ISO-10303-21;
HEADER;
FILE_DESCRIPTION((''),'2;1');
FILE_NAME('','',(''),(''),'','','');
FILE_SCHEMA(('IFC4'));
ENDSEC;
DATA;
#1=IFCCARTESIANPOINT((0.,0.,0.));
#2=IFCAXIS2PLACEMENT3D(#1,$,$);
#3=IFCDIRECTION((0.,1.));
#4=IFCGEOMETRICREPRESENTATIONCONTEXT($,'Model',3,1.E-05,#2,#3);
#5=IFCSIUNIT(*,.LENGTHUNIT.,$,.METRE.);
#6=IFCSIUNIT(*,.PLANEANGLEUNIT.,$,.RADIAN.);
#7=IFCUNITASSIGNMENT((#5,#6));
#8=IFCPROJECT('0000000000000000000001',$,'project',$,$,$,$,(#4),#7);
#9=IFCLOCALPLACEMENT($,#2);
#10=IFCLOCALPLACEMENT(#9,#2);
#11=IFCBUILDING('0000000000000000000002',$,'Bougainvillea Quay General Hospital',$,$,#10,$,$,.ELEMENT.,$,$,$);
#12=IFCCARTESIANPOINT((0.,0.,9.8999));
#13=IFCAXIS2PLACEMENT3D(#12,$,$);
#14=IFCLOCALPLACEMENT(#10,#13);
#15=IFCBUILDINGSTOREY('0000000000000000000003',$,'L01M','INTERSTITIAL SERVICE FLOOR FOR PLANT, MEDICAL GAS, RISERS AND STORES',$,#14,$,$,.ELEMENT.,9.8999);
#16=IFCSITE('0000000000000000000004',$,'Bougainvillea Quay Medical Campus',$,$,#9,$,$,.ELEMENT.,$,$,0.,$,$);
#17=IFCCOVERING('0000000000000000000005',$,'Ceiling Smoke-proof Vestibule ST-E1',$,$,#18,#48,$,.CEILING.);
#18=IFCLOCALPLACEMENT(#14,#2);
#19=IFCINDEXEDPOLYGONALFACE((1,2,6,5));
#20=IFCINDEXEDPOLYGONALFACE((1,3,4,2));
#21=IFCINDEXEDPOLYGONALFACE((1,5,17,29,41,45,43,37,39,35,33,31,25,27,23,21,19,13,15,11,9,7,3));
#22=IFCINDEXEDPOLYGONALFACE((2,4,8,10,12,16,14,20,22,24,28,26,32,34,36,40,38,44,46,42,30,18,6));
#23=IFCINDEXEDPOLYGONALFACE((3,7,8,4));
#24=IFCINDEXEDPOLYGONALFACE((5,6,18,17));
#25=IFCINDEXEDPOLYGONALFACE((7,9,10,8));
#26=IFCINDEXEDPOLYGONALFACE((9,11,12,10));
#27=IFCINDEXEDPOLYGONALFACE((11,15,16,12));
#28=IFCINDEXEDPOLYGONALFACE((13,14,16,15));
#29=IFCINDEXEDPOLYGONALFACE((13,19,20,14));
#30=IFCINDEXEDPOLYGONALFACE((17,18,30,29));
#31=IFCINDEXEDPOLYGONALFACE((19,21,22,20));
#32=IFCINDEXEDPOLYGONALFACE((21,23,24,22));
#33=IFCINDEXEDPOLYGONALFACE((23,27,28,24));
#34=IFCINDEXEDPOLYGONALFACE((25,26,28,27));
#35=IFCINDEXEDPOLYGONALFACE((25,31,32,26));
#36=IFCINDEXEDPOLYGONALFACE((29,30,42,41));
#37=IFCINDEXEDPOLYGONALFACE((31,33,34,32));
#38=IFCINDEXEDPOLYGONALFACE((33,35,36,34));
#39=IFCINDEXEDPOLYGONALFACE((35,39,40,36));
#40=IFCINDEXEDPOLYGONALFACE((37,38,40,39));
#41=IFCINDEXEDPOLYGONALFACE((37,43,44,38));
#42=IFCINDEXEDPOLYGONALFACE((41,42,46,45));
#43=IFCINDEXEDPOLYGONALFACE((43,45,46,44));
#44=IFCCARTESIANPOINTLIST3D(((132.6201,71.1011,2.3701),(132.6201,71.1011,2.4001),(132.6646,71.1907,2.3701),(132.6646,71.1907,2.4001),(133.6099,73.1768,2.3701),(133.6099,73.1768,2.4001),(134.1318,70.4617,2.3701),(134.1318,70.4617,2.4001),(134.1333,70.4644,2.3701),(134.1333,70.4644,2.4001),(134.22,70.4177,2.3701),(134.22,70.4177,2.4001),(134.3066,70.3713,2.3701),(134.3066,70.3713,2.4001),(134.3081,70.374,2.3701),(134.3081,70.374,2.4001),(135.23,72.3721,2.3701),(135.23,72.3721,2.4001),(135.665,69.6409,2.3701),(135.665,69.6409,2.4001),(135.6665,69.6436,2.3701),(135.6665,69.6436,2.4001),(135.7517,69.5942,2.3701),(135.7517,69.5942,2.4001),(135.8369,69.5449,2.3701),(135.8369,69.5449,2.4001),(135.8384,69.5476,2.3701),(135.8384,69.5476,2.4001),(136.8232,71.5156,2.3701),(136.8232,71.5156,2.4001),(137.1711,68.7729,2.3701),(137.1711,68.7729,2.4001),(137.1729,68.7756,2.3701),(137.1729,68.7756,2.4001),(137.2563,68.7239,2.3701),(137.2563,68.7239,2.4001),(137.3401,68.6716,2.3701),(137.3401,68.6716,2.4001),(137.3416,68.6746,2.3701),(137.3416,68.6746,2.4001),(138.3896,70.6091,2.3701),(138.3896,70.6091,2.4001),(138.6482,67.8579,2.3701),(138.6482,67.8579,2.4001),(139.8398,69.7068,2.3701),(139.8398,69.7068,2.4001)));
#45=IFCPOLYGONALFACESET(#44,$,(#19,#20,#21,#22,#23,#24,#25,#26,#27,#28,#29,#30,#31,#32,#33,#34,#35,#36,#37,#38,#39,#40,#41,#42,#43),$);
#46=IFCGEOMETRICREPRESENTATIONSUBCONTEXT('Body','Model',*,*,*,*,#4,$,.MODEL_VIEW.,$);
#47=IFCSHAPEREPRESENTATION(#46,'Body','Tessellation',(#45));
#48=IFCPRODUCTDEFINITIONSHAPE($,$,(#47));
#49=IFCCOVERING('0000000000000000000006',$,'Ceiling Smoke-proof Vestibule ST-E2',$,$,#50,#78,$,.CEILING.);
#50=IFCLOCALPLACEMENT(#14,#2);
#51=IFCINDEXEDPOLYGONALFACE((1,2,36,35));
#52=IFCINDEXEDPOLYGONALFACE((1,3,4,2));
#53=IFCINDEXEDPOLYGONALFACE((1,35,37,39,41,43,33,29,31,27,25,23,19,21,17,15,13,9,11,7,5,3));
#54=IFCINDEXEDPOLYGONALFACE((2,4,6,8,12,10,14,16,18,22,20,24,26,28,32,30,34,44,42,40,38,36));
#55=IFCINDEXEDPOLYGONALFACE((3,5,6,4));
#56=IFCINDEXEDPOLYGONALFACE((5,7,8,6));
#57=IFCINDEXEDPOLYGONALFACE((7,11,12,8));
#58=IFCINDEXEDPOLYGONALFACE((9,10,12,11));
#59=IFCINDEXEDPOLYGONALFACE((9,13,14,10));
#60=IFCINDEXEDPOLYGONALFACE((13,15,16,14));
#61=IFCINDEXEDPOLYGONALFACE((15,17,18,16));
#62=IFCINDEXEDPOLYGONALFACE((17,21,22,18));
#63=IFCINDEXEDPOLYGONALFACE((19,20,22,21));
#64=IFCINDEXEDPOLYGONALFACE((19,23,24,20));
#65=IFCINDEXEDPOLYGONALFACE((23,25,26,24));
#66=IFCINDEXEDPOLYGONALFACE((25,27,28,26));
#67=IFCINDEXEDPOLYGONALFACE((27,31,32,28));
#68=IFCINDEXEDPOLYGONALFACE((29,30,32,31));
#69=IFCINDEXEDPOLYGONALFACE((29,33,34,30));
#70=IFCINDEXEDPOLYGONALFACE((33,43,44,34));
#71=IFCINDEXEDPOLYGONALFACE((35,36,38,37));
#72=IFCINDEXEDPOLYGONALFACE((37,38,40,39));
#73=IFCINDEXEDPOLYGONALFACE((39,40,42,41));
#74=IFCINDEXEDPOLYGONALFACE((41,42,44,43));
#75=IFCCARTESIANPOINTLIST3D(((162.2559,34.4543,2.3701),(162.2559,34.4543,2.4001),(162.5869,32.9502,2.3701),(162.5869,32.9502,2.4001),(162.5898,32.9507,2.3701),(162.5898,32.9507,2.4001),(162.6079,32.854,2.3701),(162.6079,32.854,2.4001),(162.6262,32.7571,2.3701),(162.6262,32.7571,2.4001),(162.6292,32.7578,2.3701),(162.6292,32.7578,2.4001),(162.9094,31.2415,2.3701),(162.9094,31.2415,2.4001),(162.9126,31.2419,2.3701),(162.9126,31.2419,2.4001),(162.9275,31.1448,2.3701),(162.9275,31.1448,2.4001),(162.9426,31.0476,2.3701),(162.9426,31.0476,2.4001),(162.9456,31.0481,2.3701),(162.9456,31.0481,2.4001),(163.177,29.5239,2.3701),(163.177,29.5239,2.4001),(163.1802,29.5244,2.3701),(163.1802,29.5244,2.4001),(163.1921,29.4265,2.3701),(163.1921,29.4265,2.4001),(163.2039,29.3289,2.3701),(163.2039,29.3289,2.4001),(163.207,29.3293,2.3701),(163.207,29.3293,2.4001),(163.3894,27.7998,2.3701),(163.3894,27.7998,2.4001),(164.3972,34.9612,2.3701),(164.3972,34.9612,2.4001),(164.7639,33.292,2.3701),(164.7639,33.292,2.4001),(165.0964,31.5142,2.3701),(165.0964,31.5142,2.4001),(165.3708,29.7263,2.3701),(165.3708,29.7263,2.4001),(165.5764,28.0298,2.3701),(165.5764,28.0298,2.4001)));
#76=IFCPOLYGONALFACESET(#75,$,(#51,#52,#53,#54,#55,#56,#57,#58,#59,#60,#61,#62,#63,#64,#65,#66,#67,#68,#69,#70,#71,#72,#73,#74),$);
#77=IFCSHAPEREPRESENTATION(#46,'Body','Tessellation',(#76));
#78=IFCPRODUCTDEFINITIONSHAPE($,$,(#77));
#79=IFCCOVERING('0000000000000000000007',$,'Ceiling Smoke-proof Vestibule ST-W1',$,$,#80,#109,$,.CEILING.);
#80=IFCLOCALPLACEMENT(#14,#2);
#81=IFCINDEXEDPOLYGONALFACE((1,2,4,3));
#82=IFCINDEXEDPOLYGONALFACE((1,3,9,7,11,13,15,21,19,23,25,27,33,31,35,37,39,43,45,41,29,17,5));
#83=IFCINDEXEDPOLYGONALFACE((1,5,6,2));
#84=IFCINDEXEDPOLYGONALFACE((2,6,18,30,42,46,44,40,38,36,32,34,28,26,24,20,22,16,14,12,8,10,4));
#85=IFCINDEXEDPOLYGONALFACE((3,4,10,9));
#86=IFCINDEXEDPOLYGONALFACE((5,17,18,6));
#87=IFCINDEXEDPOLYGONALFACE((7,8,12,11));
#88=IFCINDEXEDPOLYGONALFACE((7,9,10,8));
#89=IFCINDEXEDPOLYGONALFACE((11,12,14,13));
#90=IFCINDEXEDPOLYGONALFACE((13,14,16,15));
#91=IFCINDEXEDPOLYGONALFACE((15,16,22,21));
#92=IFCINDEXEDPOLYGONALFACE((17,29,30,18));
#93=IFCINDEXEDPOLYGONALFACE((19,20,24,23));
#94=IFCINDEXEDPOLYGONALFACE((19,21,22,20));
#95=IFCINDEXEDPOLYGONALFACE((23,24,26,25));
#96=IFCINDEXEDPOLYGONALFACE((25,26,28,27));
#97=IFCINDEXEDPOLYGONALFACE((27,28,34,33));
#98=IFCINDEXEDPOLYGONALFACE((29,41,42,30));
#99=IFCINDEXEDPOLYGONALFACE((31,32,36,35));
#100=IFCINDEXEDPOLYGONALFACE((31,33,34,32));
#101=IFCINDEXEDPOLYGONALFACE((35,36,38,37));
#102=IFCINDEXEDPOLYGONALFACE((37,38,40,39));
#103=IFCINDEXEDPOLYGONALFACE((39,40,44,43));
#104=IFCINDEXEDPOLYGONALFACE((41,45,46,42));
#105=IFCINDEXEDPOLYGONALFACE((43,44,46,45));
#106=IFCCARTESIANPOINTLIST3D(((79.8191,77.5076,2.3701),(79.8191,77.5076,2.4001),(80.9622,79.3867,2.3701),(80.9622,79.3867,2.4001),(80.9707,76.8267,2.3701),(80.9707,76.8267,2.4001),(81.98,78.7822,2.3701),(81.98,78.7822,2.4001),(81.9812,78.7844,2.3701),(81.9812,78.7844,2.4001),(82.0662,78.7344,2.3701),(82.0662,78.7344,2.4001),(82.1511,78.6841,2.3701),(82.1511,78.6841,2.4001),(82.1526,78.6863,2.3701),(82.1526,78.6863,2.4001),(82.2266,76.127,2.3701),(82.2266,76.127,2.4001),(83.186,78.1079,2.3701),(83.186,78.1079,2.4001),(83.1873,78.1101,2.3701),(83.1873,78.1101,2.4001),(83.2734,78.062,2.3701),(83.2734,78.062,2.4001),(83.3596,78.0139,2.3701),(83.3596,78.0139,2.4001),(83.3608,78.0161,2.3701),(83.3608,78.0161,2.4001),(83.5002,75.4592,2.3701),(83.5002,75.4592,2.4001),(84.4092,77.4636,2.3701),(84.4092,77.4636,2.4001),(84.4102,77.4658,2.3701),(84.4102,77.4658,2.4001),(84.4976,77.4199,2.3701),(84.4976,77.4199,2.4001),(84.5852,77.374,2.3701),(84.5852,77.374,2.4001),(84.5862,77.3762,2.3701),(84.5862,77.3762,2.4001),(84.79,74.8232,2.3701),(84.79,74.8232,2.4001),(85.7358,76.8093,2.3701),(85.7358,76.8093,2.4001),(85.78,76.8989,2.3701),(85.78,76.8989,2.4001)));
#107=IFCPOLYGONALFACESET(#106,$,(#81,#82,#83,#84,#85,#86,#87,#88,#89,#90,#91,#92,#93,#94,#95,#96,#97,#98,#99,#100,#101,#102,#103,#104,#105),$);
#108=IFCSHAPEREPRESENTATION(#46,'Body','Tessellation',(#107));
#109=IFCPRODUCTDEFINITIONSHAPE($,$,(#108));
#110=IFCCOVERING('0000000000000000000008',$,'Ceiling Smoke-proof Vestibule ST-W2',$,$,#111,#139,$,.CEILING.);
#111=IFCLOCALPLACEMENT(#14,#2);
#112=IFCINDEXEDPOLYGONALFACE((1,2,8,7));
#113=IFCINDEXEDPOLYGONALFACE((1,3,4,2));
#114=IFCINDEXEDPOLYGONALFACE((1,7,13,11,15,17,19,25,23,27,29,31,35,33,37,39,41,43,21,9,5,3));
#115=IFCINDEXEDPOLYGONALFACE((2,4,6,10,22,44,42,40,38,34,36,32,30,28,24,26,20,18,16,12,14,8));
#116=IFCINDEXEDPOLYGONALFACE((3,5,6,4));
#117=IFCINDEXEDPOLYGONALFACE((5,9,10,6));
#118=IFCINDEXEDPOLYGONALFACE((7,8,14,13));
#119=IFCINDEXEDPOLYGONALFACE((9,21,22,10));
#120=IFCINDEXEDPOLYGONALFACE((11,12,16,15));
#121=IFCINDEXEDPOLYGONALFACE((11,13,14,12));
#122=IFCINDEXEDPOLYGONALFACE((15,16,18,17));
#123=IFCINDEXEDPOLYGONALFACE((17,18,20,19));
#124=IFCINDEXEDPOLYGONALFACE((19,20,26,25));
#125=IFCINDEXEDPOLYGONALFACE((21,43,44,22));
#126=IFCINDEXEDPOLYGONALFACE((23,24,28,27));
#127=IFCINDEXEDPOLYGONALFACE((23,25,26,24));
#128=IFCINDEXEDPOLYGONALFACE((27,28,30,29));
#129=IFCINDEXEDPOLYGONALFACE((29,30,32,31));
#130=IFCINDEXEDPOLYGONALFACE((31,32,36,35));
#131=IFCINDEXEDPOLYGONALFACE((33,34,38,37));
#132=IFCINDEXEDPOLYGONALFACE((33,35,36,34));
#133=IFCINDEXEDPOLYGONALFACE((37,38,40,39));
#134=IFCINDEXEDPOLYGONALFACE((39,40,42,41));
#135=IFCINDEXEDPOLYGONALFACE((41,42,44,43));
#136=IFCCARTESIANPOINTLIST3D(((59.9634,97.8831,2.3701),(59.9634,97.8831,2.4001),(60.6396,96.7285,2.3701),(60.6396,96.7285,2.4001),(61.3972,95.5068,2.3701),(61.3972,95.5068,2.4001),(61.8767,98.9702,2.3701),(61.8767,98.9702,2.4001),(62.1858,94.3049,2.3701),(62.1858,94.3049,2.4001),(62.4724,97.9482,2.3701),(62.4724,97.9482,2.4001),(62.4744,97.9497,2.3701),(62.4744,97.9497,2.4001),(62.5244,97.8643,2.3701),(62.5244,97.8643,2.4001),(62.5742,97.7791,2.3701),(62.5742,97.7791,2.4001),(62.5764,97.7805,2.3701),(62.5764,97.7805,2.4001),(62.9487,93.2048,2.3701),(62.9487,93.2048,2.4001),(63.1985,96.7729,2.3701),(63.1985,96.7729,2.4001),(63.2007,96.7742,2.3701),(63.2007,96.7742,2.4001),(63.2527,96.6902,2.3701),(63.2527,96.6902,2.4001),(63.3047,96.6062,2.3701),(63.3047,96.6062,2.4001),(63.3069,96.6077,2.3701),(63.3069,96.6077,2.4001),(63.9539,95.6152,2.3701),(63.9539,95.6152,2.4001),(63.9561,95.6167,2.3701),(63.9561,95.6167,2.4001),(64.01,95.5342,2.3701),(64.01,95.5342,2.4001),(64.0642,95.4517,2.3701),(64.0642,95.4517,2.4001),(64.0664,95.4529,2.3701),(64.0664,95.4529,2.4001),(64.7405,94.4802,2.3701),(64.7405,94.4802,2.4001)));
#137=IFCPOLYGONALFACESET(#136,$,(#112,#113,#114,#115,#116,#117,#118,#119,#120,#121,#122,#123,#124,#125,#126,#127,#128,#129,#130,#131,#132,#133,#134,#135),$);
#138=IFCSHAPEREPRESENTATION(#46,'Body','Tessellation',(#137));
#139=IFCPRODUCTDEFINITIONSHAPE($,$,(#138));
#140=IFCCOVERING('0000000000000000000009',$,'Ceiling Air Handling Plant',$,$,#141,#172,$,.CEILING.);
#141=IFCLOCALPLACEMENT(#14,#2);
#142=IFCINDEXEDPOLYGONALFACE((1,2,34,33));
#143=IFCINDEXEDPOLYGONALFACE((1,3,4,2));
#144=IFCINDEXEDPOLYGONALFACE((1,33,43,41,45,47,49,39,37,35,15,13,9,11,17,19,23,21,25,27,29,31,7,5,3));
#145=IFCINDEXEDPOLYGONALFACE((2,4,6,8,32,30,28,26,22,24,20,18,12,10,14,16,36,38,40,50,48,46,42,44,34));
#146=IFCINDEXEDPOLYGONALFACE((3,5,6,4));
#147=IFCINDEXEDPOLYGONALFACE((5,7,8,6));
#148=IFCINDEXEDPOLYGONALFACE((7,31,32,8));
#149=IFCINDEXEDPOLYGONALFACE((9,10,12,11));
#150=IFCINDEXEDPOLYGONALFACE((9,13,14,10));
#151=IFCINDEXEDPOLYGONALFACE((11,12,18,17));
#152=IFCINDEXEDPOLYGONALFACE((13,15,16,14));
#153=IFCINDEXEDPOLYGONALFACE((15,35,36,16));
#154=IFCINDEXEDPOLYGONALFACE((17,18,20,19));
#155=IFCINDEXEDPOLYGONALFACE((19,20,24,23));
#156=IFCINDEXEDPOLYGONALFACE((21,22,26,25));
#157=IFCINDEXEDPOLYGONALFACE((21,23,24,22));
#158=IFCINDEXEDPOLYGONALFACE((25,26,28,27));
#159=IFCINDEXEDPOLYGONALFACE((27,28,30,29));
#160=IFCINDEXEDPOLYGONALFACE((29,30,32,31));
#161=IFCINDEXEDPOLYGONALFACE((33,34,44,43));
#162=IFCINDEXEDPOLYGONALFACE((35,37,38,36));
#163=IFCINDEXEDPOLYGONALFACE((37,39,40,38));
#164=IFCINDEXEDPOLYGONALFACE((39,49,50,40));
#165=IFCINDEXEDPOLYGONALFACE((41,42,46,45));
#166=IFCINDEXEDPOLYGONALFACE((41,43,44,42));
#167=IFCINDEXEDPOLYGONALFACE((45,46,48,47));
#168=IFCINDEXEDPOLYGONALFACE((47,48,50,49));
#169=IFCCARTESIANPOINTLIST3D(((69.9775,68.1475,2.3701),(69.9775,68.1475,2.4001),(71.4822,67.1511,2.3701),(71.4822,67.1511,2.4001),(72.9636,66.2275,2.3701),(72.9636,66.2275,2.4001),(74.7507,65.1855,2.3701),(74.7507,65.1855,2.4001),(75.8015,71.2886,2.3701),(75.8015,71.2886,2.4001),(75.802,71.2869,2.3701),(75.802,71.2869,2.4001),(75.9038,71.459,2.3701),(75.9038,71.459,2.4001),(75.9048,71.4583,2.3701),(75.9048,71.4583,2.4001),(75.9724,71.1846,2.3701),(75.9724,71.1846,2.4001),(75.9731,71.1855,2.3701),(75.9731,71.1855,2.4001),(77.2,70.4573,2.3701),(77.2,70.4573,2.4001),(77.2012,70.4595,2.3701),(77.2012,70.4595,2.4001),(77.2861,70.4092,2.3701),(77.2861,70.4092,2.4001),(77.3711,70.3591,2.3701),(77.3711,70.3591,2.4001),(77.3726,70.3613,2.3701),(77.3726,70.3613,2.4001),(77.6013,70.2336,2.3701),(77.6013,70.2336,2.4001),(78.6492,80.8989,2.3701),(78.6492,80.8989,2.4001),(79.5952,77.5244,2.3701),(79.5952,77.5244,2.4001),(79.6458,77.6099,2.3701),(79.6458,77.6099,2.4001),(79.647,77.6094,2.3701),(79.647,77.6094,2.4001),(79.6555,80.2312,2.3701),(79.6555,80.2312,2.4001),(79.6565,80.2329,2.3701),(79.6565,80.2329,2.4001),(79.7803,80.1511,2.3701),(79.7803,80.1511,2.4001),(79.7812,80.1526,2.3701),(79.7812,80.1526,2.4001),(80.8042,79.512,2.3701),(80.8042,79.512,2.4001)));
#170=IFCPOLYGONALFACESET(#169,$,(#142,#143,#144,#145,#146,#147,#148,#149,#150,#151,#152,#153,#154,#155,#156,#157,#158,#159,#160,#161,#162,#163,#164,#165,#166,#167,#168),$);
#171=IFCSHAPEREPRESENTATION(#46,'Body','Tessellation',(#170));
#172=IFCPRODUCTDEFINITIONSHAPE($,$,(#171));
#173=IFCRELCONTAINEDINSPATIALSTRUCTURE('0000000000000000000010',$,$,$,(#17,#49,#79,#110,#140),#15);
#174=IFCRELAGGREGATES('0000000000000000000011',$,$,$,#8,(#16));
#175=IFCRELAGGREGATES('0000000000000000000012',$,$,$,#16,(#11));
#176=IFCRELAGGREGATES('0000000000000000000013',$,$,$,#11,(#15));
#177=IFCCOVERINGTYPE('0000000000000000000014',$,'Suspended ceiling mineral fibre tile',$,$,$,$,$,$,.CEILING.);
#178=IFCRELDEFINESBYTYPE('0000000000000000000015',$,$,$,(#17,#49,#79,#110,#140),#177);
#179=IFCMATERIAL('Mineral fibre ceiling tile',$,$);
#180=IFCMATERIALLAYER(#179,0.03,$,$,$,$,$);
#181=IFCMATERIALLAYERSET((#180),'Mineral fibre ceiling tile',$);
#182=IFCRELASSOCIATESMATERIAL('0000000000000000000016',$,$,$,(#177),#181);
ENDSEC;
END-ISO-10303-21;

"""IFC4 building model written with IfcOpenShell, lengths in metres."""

from ifc_helpers import new_model, si_unit, direction, frame, origin, place, context, subcontext, project, spatial, polyline, outline, extrude, material, layer, layer_set, type_object, element, save


model = new_model("IFC4")

# Units and contexts
model_context = context("Model", 3, precision=1e-05, world=origin(), true_north=direction((0.0, 1.0)))
body_context = subcontext(model_context, "Body", "Model", "MODEL_VIEW")
ifc_project = project(units=[si_unit("LENGTHUNIT", "METRE"), si_unit("PLANEANGLEUNIT", "RADIAN")], contexts=[model_context])

# Site, building, storey
site_placement = place(None, origin())
site = spatial("IfcSite", under=ifc_project, at=site_placement, Name="Bougainvillea Quay Medical Campus", CompositionType="ELEMENT", RefElevation=0.0)
building_placement = place(site_placement, origin())
building = spatial("IfcBuilding", under=site, at=building_placement, Name="Bougainvillea Quay General Hospital", CompositionType="ELEMENT")
storey_placement = place(building_placement, frame((0.0, 0.0, 9.8999)))
storey = spatial("IfcBuildingStorey", under=building, at=storey_placement, Name="L01M", Description="INTERSTITIAL SERVICE FLOOR FOR PLANT, MEDICAL GAS, RISERS AND STORES", CompositionType="ELEMENT", Elevation=9.8999)

# Coverings
ifc_material = material(Name="Mineral fibre ceiling tile")
ifc_layer = layer(ifc_material, 0.03)
ifc_layer_set = layer_set([ifc_layer], Name="Mineral fibre ceiling tile")
covering_type = type_object("IfcCoveringType", Name="Suspended ceiling mineral fibre tile", PredefinedType="CEILING", material=ifc_layer_set)
covering_1_placement = place(storey_placement, frame((0.0, 0.0, 2.3701)))
element("IfcCovering", 1, at=covering_1_placement, inside=storey, type_object=covering_type, Name="Ceiling Smoke-proof Vestibule ST-E1", PredefinedType="CEILING", context=body_context, shape_type="SweptSolid", body=[
    extrude(outline(polyline([(132.6201, 71.1011), (132.6646, 71.1907), (134.1318, 70.4617), (134.1333, 70.4644), (134.22, 70.4177), (134.3081, 70.374), (134.3066, 70.3713), (135.665, 69.6409), (135.6665, 69.6436), (135.7517, 69.5942), (135.8384, 69.5476), (135.8369, 69.5449), (137.1711, 68.7729), (137.1729, 68.7756), (137.2563, 68.7239), (137.3416, 68.6746), (137.3401, 68.6716), (138.6482, 67.8579), (139.8398, 69.7068), (138.3896, 70.6091), (136.8232, 71.5156), (135.23, 72.3721), (133.6099, 73.1768), (132.6201, 71.1011)])), origin(), (0.0, 0.0, 1.0), 0.03),
])
covering_2_placement = place(storey_placement, frame((0.0, 0.0, 2.3701)))
element("IfcCovering", 2, at=covering_2_placement, inside=storey, type_object=covering_type, Name="Ceiling Smoke-proof Vestibule ST-E2", PredefinedType="CEILING", context=body_context, shape_type="SweptSolid", body=[
    extrude(outline(polyline([(163.207, 29.3293), (163.2039, 29.3289), (163.3894, 27.7998), (165.5764, 28.0298), (165.3708, 29.7263), (165.0964, 31.5142), (164.7639, 33.292), (164.3972, 34.9612), (162.2559, 34.4543), (162.5869, 32.9502), (162.5898, 32.9507), (162.6079, 32.854), (162.6292, 32.7578), (162.6262, 32.7571), (162.9094, 31.2415), (162.9126, 31.2419), (162.9275, 31.1448), (162.9456, 31.0481), (162.9426, 31.0476), (163.177, 29.5239), (163.1802, 29.5244), (163.1921, 29.4265), (163.207, 29.3293)])), origin(), (0.0, 0.0, 1.0), 0.03),
])
covering_3_placement = place(storey_placement, frame((0.0, 0.0, 2.3701)))
element("IfcCovering", 3, at=covering_3_placement, inside=storey, type_object=covering_type, Name="Ceiling Smoke-proof Vestibule ST-W1", PredefinedType="CEILING", context=body_context, shape_type="SweptSolid", body=[
    extrude(outline(polyline([(85.78, 76.8989), (85.7358, 76.8093), (84.5862, 77.3762), (84.5852, 77.374), (84.4976, 77.4199), (84.4092, 77.4636), (84.4102, 77.4658), (83.3608, 78.0161), (83.3596, 78.0139), (83.2734, 78.062), (83.186, 78.1079), (83.1873, 78.1101), (82.1526, 78.6863), (82.1511, 78.6841), (82.0662, 78.7344), (81.98, 78.7822), (81.9812, 78.7844), (80.9622, 79.3867), (79.8191, 77.5076), (80.9707, 76.8267), (82.2266, 76.127), (83.5002, 75.4592), (84.79, 74.8232), (85.78, 76.8989)])), origin(), (0.0, 0.0, 1.0), 0.03),
])
covering_4_placement = place(storey_placement, frame((0.0, 0.0, 2.3701)))
element("IfcCovering", 4, at=covering_4_placement, inside=storey, type_object=covering_type, Name="Ceiling Smoke-proof Vestibule ST-W2", PredefinedType="CEILING", context=body_context, shape_type="SweptSolid", body=[
    extrude(outline(polyline([(64.01, 95.5342), (63.9539, 95.6152), (63.9561, 95.6167), (63.3069, 96.6077), (63.3047, 96.6062), (63.2527, 96.6902), (63.1985, 96.7729), (63.2007, 96.7742), (62.5764, 97.7805), (62.5742, 97.7791), (62.5244, 97.8643), (62.4724, 97.9482), (62.4744, 97.9497), (61.8767, 98.9702), (59.9634, 97.8831), (60.6396, 96.7285), (61.3972, 95.5068), (62.1858, 94.3049), (62.9487, 93.2048), (64.7405, 94.4802), (64.0664, 95.4529), (64.0642, 95.4517), (64.01, 95.5342)])), origin(), (0.0, 0.0, 1.0), 0.03),
])
covering_5_placement = place(storey_placement, frame((0.0, 0.0, 2.3701)))
element("IfcCovering", 5, at=covering_5_placement, inside=storey, type_object=covering_type, Name="Ceiling Air Handling Plant", PredefinedType="CEILING", context=body_context, shape_type="SweptSolid", body=[
    extrude(outline(polyline([(71.4822, 67.1511), (72.9636, 66.2275), (74.7507, 65.1855), (77.6013, 70.2336), (77.3726, 70.3613), (77.3711, 70.3591), (77.2861, 70.4092), (77.2, 70.4573), (77.2012, 70.4595), (75.9731, 71.1855), (75.9724, 71.1846), (75.802, 71.2869), (75.8015, 71.2886), (75.9038, 71.459), (75.9048, 71.4583), (79.5952, 77.5244), (79.6458, 77.6099), (79.647, 77.6094), (80.8042, 79.512), (79.7812, 80.1526), (79.7803, 80.1511), (79.6555, 80.2312), (79.6565, 80.2329), (78.6492, 80.8989), (69.9775, 68.1475), (71.4822, 67.1511)])), origin(), (0.0, 0.0, 1.0), 0.03),
])

save(model, "model.ifc")
